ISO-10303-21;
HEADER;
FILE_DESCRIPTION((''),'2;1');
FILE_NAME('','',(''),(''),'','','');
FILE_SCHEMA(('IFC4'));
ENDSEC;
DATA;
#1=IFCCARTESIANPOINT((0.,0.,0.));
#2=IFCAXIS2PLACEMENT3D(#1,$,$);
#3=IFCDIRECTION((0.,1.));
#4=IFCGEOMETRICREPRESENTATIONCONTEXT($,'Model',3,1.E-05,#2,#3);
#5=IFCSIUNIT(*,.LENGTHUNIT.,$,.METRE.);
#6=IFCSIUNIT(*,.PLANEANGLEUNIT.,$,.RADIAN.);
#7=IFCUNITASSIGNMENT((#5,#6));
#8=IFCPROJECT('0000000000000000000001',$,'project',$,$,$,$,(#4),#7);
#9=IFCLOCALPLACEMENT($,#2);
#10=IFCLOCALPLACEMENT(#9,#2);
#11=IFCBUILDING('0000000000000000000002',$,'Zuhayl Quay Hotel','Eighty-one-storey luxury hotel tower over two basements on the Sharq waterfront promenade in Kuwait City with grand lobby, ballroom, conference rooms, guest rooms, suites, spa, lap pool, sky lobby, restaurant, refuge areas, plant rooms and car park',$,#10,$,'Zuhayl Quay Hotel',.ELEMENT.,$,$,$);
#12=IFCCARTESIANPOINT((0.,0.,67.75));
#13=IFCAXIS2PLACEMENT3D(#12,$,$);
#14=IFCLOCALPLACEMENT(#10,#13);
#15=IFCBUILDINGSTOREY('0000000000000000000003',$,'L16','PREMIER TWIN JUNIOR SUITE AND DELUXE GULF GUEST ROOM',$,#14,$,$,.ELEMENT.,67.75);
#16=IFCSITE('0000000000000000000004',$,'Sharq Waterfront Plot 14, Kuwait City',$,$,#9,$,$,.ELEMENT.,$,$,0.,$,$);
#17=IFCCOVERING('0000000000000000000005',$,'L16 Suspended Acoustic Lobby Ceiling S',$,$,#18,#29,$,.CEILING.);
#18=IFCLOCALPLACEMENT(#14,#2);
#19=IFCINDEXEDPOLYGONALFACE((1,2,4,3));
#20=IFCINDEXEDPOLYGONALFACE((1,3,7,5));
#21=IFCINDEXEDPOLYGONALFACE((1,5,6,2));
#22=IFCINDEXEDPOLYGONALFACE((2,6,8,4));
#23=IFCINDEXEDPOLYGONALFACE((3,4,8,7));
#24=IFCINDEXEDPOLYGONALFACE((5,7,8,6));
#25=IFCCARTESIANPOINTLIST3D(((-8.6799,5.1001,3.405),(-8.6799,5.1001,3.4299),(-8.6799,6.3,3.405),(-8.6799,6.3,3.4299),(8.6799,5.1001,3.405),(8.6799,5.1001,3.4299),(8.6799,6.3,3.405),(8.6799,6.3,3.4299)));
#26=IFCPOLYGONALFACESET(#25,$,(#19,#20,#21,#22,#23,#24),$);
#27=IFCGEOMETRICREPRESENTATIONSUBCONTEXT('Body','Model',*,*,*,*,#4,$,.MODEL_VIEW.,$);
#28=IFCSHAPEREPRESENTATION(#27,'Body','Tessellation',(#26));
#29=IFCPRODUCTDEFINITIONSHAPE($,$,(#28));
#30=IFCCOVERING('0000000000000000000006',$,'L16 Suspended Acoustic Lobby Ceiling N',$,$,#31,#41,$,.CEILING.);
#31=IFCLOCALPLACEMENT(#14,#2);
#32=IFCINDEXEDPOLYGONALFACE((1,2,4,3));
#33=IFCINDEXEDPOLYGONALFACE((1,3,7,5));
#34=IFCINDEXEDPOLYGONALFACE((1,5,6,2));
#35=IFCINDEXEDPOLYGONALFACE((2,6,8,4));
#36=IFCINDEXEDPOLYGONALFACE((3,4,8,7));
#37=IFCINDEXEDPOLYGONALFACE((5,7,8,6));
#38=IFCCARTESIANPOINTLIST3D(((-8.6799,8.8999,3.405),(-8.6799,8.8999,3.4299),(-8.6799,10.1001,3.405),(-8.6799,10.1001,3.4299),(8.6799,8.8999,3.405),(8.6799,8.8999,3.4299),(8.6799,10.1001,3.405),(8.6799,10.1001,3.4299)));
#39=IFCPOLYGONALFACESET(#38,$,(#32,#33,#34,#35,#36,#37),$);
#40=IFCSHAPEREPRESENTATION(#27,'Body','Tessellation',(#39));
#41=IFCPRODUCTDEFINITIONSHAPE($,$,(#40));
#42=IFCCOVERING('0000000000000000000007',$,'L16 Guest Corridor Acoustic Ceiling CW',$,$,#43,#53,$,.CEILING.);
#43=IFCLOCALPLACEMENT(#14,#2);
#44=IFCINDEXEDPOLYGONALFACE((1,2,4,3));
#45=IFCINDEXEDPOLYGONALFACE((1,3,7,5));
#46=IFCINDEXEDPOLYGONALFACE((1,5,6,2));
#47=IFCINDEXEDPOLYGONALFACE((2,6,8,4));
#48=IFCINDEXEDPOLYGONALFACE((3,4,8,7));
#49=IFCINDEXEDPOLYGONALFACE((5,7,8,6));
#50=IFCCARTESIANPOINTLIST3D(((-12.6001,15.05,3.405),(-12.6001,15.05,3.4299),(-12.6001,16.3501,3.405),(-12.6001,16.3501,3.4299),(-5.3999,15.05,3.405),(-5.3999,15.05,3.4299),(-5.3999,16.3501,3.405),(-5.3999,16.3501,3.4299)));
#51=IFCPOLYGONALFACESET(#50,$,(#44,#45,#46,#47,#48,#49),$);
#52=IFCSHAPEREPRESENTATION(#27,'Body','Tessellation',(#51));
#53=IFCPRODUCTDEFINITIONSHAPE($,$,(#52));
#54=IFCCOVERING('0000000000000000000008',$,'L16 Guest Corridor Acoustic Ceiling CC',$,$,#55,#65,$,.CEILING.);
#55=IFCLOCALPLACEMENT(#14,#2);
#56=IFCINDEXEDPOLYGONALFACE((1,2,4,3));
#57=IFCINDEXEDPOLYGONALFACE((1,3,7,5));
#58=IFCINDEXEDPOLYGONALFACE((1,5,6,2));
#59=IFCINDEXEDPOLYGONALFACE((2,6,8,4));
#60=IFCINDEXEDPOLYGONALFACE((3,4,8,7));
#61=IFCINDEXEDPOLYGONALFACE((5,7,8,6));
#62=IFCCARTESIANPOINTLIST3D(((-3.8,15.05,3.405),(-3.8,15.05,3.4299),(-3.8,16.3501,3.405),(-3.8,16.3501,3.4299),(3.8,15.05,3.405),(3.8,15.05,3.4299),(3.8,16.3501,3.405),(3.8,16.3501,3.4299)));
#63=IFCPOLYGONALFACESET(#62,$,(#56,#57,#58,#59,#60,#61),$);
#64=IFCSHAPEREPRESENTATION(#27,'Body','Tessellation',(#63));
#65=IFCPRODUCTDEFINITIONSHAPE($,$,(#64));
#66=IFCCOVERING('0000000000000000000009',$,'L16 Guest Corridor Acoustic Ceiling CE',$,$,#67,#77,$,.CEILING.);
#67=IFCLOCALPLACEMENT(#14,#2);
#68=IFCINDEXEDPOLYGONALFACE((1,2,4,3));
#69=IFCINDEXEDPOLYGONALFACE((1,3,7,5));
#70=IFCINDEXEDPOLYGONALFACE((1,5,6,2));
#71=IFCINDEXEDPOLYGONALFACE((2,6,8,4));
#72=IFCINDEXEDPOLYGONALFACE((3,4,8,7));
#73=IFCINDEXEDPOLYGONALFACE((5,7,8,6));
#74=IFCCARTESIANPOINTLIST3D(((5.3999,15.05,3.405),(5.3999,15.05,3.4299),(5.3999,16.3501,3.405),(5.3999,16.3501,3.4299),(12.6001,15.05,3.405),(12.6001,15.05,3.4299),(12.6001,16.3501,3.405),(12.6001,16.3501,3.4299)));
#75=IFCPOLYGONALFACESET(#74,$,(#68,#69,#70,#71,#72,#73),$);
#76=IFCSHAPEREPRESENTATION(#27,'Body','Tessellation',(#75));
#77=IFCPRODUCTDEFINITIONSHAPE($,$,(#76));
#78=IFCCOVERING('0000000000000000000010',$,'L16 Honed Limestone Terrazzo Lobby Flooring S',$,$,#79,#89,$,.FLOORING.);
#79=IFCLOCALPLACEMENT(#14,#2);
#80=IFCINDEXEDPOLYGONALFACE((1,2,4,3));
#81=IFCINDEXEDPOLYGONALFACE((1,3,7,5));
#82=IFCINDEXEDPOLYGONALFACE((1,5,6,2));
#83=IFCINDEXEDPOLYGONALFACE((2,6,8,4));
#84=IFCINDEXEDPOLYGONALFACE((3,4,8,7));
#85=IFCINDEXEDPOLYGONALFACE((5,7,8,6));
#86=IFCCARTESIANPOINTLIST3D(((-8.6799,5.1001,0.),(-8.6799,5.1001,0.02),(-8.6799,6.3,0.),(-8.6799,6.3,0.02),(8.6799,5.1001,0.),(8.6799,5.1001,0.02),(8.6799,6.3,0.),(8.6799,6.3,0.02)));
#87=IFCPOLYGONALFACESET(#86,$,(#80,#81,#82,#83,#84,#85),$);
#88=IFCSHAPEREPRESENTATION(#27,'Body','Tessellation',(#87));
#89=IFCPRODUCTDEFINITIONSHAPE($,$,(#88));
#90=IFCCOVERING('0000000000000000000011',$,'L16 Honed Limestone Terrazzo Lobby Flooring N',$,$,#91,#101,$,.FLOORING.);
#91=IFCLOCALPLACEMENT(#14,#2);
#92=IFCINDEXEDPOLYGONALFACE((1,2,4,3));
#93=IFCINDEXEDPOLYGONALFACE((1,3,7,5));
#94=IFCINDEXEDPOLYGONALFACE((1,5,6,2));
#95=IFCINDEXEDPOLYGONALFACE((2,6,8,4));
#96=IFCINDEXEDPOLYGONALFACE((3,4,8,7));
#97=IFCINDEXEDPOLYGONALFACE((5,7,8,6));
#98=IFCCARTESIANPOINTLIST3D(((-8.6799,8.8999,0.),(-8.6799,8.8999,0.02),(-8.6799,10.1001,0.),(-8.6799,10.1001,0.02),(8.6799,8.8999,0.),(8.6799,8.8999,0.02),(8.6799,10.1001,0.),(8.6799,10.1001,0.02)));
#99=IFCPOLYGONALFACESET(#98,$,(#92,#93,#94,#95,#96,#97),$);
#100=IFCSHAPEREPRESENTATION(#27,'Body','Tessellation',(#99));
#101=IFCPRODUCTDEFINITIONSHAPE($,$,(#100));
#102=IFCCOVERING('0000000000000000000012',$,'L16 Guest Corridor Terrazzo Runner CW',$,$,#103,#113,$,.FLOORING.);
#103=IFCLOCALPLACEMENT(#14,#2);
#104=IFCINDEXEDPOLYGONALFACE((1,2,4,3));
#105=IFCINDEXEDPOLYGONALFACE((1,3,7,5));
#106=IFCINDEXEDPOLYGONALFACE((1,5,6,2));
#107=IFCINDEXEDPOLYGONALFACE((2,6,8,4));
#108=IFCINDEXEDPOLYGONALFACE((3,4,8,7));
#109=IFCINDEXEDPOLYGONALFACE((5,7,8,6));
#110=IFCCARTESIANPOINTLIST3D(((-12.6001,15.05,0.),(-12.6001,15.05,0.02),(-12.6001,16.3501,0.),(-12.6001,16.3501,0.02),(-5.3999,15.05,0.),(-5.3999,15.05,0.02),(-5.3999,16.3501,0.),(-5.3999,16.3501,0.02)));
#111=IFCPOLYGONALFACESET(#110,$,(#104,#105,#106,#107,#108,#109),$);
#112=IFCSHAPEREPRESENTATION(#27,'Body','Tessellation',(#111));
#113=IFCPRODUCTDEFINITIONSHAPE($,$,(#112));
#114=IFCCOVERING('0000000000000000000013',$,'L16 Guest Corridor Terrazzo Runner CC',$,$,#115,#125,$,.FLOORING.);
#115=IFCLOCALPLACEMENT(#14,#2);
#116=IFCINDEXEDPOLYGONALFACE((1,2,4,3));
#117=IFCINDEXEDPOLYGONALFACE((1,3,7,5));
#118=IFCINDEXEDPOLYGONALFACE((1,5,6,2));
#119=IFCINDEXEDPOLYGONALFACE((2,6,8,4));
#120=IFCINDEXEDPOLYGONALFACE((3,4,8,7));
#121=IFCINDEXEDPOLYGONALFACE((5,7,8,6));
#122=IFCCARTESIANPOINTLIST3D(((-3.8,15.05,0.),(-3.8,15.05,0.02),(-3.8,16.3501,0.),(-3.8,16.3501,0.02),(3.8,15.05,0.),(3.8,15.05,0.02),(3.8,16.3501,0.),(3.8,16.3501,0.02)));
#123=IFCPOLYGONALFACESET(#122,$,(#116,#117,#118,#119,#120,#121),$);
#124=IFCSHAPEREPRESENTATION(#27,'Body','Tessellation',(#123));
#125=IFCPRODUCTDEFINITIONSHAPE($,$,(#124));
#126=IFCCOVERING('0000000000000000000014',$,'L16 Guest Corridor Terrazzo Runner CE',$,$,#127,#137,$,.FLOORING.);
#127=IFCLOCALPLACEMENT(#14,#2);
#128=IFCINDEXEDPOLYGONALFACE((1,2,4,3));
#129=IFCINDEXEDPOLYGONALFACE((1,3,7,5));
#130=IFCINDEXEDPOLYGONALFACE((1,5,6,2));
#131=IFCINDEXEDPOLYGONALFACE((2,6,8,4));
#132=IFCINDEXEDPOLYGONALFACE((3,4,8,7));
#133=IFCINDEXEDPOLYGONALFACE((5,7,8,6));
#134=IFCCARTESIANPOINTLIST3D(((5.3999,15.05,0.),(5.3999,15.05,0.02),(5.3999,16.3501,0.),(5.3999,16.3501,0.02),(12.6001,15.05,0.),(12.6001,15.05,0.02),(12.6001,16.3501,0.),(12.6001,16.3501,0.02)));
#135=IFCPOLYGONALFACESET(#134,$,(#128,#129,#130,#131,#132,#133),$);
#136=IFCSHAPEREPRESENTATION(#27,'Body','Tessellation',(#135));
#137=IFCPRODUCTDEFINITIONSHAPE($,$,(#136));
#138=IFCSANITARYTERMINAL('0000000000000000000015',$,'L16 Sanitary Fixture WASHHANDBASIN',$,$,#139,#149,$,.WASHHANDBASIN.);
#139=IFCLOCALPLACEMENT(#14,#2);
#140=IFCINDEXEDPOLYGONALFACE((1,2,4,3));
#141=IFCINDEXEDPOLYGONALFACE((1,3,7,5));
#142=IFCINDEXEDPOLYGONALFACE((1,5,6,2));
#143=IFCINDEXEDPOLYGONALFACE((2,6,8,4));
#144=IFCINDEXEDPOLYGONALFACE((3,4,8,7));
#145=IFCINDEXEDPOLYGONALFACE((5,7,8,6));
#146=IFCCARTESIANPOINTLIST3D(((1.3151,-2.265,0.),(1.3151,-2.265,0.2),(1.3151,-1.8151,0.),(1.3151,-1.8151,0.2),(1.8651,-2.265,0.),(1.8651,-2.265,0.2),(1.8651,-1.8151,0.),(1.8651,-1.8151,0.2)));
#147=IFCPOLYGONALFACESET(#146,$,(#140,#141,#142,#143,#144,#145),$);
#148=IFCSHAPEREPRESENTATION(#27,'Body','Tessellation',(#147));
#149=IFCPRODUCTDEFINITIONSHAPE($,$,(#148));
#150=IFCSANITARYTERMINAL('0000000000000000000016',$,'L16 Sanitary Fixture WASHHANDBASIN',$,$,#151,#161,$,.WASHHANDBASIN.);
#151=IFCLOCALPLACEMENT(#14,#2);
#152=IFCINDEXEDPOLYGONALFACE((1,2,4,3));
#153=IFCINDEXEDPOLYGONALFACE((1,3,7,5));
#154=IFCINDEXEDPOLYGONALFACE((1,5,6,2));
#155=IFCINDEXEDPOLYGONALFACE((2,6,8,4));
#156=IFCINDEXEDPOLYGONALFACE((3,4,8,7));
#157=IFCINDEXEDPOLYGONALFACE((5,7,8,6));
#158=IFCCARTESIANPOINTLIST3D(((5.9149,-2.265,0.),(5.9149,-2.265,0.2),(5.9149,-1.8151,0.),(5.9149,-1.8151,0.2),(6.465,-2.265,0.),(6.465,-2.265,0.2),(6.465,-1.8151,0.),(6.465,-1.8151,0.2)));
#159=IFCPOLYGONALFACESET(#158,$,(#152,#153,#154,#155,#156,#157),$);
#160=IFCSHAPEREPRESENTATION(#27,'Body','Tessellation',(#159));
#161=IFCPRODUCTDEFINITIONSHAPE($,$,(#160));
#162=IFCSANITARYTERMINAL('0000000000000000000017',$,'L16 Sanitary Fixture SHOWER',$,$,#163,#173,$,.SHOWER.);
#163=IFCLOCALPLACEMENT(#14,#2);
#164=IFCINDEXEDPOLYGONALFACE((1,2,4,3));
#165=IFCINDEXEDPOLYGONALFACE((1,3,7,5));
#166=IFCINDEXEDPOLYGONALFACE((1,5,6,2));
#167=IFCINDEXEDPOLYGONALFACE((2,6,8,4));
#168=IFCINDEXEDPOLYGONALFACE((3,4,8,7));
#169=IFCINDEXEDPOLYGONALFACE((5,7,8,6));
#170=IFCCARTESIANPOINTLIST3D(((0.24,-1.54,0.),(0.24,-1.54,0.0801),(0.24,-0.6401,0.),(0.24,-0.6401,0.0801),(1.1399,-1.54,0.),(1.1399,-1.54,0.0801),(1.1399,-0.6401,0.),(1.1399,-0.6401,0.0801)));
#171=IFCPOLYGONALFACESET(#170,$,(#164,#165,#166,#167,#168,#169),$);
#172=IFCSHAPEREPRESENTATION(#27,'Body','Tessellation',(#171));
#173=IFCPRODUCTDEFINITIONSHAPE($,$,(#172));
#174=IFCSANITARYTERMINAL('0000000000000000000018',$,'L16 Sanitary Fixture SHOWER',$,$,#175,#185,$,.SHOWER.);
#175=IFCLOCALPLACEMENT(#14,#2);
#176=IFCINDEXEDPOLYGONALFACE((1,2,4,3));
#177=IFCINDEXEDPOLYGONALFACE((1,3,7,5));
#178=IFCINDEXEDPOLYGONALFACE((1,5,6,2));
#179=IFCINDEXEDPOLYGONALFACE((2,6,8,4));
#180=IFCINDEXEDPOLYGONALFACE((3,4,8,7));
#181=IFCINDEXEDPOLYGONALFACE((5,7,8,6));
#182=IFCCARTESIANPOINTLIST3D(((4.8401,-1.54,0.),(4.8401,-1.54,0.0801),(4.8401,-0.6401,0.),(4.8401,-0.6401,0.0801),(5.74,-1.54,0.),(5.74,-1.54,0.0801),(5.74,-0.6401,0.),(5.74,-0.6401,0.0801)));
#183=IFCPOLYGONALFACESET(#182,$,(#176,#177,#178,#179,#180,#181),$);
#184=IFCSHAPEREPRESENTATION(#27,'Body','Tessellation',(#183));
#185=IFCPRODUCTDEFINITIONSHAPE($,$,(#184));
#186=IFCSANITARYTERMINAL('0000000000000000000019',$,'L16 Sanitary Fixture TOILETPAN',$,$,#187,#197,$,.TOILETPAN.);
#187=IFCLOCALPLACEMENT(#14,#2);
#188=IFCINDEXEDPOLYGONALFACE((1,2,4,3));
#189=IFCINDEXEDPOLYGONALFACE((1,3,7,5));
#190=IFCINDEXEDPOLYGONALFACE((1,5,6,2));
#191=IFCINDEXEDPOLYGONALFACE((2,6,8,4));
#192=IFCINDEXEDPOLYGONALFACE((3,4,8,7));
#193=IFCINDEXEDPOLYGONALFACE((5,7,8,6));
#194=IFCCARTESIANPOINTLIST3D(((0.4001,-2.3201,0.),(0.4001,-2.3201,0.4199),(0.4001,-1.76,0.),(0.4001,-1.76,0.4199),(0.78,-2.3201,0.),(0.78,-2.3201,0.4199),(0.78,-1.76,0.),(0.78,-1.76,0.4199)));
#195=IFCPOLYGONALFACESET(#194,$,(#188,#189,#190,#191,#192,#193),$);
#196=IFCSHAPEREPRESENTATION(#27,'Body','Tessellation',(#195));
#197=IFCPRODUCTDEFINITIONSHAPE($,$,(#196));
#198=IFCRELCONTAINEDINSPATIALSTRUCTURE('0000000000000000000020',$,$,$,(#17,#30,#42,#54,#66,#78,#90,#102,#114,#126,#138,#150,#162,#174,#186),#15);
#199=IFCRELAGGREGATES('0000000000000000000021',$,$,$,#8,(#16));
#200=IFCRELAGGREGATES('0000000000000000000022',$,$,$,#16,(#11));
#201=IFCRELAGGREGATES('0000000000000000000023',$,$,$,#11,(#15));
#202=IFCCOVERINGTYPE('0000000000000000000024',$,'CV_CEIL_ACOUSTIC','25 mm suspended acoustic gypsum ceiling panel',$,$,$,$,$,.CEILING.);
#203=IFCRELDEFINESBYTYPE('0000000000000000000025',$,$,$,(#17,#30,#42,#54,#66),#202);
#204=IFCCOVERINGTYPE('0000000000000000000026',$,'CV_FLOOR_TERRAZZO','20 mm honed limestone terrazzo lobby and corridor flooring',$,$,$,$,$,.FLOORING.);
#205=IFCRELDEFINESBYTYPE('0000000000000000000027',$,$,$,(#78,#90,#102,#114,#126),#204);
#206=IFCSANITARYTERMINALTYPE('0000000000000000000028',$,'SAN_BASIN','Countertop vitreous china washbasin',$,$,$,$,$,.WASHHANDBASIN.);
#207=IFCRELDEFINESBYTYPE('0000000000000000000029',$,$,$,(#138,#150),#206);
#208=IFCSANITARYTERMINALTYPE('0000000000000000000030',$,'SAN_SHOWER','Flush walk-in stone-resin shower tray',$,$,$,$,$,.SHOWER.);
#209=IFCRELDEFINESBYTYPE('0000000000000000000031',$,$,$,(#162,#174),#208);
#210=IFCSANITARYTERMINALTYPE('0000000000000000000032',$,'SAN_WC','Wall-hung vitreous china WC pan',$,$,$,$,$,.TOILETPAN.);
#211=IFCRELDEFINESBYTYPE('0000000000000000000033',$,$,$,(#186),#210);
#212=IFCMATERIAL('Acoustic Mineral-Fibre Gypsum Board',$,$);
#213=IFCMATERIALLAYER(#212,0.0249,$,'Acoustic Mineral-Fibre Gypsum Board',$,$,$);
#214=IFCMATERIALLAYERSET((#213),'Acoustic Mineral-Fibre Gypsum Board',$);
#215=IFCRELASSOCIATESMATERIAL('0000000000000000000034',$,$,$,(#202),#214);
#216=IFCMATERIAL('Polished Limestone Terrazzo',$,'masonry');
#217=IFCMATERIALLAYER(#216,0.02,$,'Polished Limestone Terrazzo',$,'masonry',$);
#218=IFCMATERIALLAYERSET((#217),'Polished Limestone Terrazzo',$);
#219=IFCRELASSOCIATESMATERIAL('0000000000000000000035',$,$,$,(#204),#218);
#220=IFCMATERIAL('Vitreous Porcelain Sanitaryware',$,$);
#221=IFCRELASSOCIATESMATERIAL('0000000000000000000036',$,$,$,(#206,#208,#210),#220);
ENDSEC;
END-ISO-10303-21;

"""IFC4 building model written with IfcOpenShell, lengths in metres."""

from ifc_helpers import new_model, si_unit, direction, frame, origin, origin_2d, place, context, subcontext, project, spatial, polyline, rectangle, outline, extrude, material, layer, layer_set, type_object, element, save


model = new_model("IFC4")

# Units and contexts
model_context = context("Model", 3, precision=1e-05, world=origin(), true_north=direction((0.0, 1.0)))
body_context = subcontext(model_context, "Body", "Model", "MODEL_VIEW")
ifc_project = project(units=[si_unit("LENGTHUNIT", "METRE"), si_unit("PLANEANGLEUNIT", "RADIAN")], contexts=[model_context])

# Site, building, storey
site_placement = place(None, origin())
site = spatial("IfcSite", under=ifc_project, at=site_placement, Name="Sharq Waterfront Plot 14, Kuwait City", CompositionType="ELEMENT", RefElevation=0.0)
building_placement = place(site_placement, origin())
building = spatial("IfcBuilding", under=site, at=building_placement, Name="Zuhayl Quay Hotel", Description="Eighty-one-storey luxury hotel tower over two basements on the Sharq waterfront promenade in Kuwait City with grand lobby, ballroom, conference rooms, guest rooms, suites, spa, lap pool, sky lobby, restaurant, refuge areas, plant rooms and car park", LongName="Zuhayl Quay Hotel", CompositionType="ELEMENT")
storey_placement = place(building_placement, frame((0.0, 0.0, 67.75)))
storey = spatial("IfcBuildingStorey", under=building, at=storey_placement, Name="L16", Description="PREMIER TWIN JUNIOR SUITE AND DELUXE GULF GUEST ROOM", CompositionType="ELEMENT", Elevation=67.75)

# Coverings
ifc_material_1 = material(Name="Acoustic Mineral-Fibre Gypsum Board")
ifc_layer_1 = layer(ifc_material_1, 0.0249, Name="Acoustic Mineral-Fibre Gypsum Board")
ifc_layer_set_1 = layer_set([ifc_layer_1], Name="Acoustic Mineral-Fibre Gypsum Board")
covering_type_1 = type_object("IfcCoveringType", Name="CV_CEIL_ACOUSTIC", Description="25 mm suspended acoustic gypsum ceiling panel", PredefinedType="CEILING", material=ifc_layer_set_1)
covering_1_placement = place(storey_placement, frame((0.0, 0.0, 3.405)))
element("IfcCovering", 1, at=covering_1_placement, inside=storey, type_object=covering_type_1, Name="L16 Suspended Acoustic Lobby Ceiling S", PredefinedType="CEILING", context=body_context, shape_type="SweptSolid", body=[
    extrude(outline(polyline([(-8.6799, 5.1001), (8.6799, 5.1001), (8.6799, 6.3), (-8.6799, 6.3), (-8.6799, 5.1001)])), origin(), (0.0, 0.0, 1.0), 0.0249),
])
covering_2_placement = place(storey_placement, frame((0.0, 0.0, 3.405)))
element("IfcCovering", 2, at=covering_2_placement, inside=storey, type_object=covering_type_1, Name="L16 Suspended Acoustic Lobby Ceiling N", PredefinedType="CEILING", context=body_context, shape_type="SweptSolid", body=[
    extrude(outline(polyline([(-8.6799, 8.8999), (8.6799, 8.8999), (8.6799, 10.1001), (-8.6799, 10.1001), (-8.6799, 8.8999)])), origin(), (0.0, 0.0, 1.0), 0.0249),
])
covering_3_placement = place(storey_placement, frame((0.0, 0.0, 3.405)))
element("IfcCovering", 3, at=covering_3_placement, inside=storey, type_object=covering_type_1, Name="L16 Guest Corridor Acoustic Ceiling CW", PredefinedType="CEILING", context=body_context, shape_type="SweptSolid", body=[
    extrude(outline(polyline([(-12.6001, 15.05), (-5.3999, 15.05), (-5.3999, 16.3501), (-12.6001, 16.3501), (-12.6001, 15.05)])), origin(), (0.0, 0.0, 1.0), 0.0249),
])
covering_4_placement = place(storey_placement, frame((0.0, 0.0, 3.405)))
element("IfcCovering", 4, at=covering_4_placement, inside=storey, type_object=covering_type_1, Name="L16 Guest Corridor Acoustic Ceiling CC", PredefinedType="CEILING", context=body_context, shape_type="SweptSolid", body=[
    extrude(outline(polyline([(-3.8, 15.05), (3.8, 15.05), (3.8, 16.3501), (-3.8, 16.3501), (-3.8, 15.05)])), origin(), (0.0, 0.0, 1.0), 0.0249),
])
covering_5_placement = place(storey_placement, frame((0.0, 0.0, 3.405)))
element("IfcCovering", 5, at=covering_5_placement, inside=storey, type_object=covering_type_1, Name="L16 Guest Corridor Acoustic Ceiling CE", PredefinedType="CEILING", context=body_context, shape_type="SweptSolid", body=[
    extrude(outline(polyline([(5.3999, 15.05), (12.6001, 15.05), (12.6001, 16.3501), (5.3999, 16.3501), (5.3999, 15.05)])), origin(), (0.0, 0.0, 1.0), 0.0249),
])
ifc_material_2 = material(Name="Polished Limestone Terrazzo", Category="masonry")
ifc_layer_2 = layer(ifc_material_2, 0.02, Name="Polished Limestone Terrazzo", Category="masonry")
ifc_layer_set_2 = layer_set([ifc_layer_2], Name="Polished Limestone Terrazzo")
covering_type_2 = type_object("IfcCoveringType", Name="CV_FLOOR_TERRAZZO", Description="20 mm honed limestone terrazzo lobby and corridor flooring", PredefinedType="FLOORING", material=ifc_layer_set_2)
covering_6_placement = place(storey_placement, origin())
element("IfcCovering", 6, at=covering_6_placement, inside=storey, type_object=covering_type_2, Name="L16 Honed Limestone Terrazzo Lobby Flooring S", PredefinedType="FLOORING", context=body_context, shape_type="SweptSolid", body=[
    extrude(outline(polyline([(-8.6799, 5.1001), (8.6799, 5.1001), (8.6799, 6.3), (-8.6799, 6.3), (-8.6799, 5.1001)])), origin(), (0.0, 0.0, 1.0), 0.02),
])
covering_7_placement = place(storey_placement, origin())
element("IfcCovering", 7, at=covering_7_placement, inside=storey, type_object=covering_type_2, Name="L16 Honed Limestone Terrazzo Lobby Flooring N", PredefinedType="FLOORING", context=body_context, shape_type="SweptSolid", body=[
    extrude(outline(polyline([(-8.6799, 8.8999), (8.6799, 8.8999), (8.6799, 10.1001), (-8.6799, 10.1001), (-8.6799, 8.8999)])), origin(), (0.0, 0.0, 1.0), 0.02),
])
covering_8_placement = place(storey_placement, origin())
element("IfcCovering", 8, at=covering_8_placement, inside=storey, type_object=covering_type_2, Name="L16 Guest Corridor Terrazzo Runner CW", PredefinedType="FLOORING", context=body_context, shape_type="SweptSolid", body=[
    extrude(outline(polyline([(-12.6001, 15.05), (-5.3999, 15.05), (-5.3999, 16.3501), (-12.6001, 16.3501), (-12.6001, 15.05)])), origin(), (0.0, 0.0, 1.0), 0.02),
])
covering_9_placement = place(storey_placement, origin())
element("IfcCovering", 9, at=covering_9_placement, inside=storey, type_object=covering_type_2, Name="L16 Guest Corridor Terrazzo Runner CC", PredefinedType="FLOORING", context=body_context, shape_type="SweptSolid", body=[
    extrude(outline(polyline([(-3.8, 15.05), (3.8, 15.05), (3.8, 16.3501), (-3.8, 16.3501), (-3.8, 15.05)])), origin(), (0.0, 0.0, 1.0), 0.02),
])
covering_10_placement = place(storey_placement, origin())
element("IfcCovering", 10, at=covering_10_placement, inside=storey, type_object=covering_type_2, Name="L16 Guest Corridor Terrazzo Runner CE", PredefinedType="FLOORING", context=body_context, shape_type="SweptSolid", body=[
    extrude(outline(polyline([(5.3999, 15.05), (12.6001, 15.05), (12.6001, 16.3501), (5.3999, 16.3501), (5.3999, 15.05)])), origin(), (0.0, 0.0, 1.0), 0.02),
])

# Sanitary terminals
ifc_material_3 = material(Name="Vitreous Porcelain Sanitaryware")
sanitary_terminal_type_1 = type_object("IfcSanitaryTerminalType", Name="SAN_BASIN", Description="Countertop vitreous china washbasin", PredefinedType="WASHHANDBASIN", material=ifc_material_3)
for number, where, z_axis, x_axis, name in (
    (11, (1.5901, -2.04, 0.0), (0.0, 0.0, 1.0), (1.0, 0.0, 0.0), "L16 Sanitary Fixture WASHHANDBASIN"),
    (12, (6.1899, -2.04, 0.0), (0.0, 0.0, 1.0), (1.0, 0.0, 0.0), "L16 Sanitary Fixture WASHHANDBASIN"),
):
    element("IfcSanitaryTerminal", number, at=place(storey_placement, frame(where, z_axis=z_axis, x_axis=x_axis)), inside=storey, type_object=sanitary_terminal_type_1, Name=name, PredefinedType="WASHHANDBASIN", context=body_context, shape_type="SweptSolid", body=[
        extrude(rectangle(XDim=0.55, YDim=0.45, at=origin_2d()), origin(), (0.0, 0.0, 1.0), 0.2),
    ])
sanitary_terminal_type_2 = type_object("IfcSanitaryTerminalType", Name="SAN_SHOWER", Description="Flush walk-in stone-resin shower tray", PredefinedType="SHOWER", material=ifc_material_3)
for number, where, z_axis, x_axis, name in (
    (13, (0.6899, -1.0901, 0.0), (0.0, 0.0, 1.0), (1.0, 0.0, 0.0), "L16 Sanitary Fixture SHOWER"),
    (14, (5.29, -1.0901, 0.0), (0.0, 0.0, 1.0), (1.0, 0.0, 0.0), "L16 Sanitary Fixture SHOWER"),
):
    element("IfcSanitaryTerminal", number, at=place(storey_placement, frame(where, z_axis=z_axis, x_axis=x_axis)), inside=storey, type_object=sanitary_terminal_type_2, Name=name, PredefinedType="SHOWER", context=body_context, shape_type="SweptSolid", body=[
        extrude(rectangle(XDim=0.8999, YDim=0.8999, at=origin_2d()), origin(), (0.0, 0.0, 1.0), 0.0801),
    ])
sanitary_terminal_type_3 = type_object("IfcSanitaryTerminalType", Name="SAN_WC", Description="Wall-hung vitreous china WC pan", PredefinedType="TOILETPAN", material=ifc_material_3)
for number, where, z_axis, x_axis, name in (
    (15, (0.5901, -2.04, 0.0), (0.0, 0.0, 1.0), (1.0, 0.0, 0.0), "L16 Sanitary Fixture TOILETPAN"),
):
    element("IfcSanitaryTerminal", number, at=place(storey_placement, frame(where, z_axis=z_axis, x_axis=x_axis)), inside=storey, type_object=sanitary_terminal_type_3, Name=name, PredefinedType="TOILETPAN", context=body_context, shape_type="SweptSolid", body=[
        extrude(rectangle(XDim=0.3799, YDim=0.5601, at=origin_2d()), origin(), (0.0, 0.0, 1.0), 0.4199),
    ])

save(model, "model.ifc")
